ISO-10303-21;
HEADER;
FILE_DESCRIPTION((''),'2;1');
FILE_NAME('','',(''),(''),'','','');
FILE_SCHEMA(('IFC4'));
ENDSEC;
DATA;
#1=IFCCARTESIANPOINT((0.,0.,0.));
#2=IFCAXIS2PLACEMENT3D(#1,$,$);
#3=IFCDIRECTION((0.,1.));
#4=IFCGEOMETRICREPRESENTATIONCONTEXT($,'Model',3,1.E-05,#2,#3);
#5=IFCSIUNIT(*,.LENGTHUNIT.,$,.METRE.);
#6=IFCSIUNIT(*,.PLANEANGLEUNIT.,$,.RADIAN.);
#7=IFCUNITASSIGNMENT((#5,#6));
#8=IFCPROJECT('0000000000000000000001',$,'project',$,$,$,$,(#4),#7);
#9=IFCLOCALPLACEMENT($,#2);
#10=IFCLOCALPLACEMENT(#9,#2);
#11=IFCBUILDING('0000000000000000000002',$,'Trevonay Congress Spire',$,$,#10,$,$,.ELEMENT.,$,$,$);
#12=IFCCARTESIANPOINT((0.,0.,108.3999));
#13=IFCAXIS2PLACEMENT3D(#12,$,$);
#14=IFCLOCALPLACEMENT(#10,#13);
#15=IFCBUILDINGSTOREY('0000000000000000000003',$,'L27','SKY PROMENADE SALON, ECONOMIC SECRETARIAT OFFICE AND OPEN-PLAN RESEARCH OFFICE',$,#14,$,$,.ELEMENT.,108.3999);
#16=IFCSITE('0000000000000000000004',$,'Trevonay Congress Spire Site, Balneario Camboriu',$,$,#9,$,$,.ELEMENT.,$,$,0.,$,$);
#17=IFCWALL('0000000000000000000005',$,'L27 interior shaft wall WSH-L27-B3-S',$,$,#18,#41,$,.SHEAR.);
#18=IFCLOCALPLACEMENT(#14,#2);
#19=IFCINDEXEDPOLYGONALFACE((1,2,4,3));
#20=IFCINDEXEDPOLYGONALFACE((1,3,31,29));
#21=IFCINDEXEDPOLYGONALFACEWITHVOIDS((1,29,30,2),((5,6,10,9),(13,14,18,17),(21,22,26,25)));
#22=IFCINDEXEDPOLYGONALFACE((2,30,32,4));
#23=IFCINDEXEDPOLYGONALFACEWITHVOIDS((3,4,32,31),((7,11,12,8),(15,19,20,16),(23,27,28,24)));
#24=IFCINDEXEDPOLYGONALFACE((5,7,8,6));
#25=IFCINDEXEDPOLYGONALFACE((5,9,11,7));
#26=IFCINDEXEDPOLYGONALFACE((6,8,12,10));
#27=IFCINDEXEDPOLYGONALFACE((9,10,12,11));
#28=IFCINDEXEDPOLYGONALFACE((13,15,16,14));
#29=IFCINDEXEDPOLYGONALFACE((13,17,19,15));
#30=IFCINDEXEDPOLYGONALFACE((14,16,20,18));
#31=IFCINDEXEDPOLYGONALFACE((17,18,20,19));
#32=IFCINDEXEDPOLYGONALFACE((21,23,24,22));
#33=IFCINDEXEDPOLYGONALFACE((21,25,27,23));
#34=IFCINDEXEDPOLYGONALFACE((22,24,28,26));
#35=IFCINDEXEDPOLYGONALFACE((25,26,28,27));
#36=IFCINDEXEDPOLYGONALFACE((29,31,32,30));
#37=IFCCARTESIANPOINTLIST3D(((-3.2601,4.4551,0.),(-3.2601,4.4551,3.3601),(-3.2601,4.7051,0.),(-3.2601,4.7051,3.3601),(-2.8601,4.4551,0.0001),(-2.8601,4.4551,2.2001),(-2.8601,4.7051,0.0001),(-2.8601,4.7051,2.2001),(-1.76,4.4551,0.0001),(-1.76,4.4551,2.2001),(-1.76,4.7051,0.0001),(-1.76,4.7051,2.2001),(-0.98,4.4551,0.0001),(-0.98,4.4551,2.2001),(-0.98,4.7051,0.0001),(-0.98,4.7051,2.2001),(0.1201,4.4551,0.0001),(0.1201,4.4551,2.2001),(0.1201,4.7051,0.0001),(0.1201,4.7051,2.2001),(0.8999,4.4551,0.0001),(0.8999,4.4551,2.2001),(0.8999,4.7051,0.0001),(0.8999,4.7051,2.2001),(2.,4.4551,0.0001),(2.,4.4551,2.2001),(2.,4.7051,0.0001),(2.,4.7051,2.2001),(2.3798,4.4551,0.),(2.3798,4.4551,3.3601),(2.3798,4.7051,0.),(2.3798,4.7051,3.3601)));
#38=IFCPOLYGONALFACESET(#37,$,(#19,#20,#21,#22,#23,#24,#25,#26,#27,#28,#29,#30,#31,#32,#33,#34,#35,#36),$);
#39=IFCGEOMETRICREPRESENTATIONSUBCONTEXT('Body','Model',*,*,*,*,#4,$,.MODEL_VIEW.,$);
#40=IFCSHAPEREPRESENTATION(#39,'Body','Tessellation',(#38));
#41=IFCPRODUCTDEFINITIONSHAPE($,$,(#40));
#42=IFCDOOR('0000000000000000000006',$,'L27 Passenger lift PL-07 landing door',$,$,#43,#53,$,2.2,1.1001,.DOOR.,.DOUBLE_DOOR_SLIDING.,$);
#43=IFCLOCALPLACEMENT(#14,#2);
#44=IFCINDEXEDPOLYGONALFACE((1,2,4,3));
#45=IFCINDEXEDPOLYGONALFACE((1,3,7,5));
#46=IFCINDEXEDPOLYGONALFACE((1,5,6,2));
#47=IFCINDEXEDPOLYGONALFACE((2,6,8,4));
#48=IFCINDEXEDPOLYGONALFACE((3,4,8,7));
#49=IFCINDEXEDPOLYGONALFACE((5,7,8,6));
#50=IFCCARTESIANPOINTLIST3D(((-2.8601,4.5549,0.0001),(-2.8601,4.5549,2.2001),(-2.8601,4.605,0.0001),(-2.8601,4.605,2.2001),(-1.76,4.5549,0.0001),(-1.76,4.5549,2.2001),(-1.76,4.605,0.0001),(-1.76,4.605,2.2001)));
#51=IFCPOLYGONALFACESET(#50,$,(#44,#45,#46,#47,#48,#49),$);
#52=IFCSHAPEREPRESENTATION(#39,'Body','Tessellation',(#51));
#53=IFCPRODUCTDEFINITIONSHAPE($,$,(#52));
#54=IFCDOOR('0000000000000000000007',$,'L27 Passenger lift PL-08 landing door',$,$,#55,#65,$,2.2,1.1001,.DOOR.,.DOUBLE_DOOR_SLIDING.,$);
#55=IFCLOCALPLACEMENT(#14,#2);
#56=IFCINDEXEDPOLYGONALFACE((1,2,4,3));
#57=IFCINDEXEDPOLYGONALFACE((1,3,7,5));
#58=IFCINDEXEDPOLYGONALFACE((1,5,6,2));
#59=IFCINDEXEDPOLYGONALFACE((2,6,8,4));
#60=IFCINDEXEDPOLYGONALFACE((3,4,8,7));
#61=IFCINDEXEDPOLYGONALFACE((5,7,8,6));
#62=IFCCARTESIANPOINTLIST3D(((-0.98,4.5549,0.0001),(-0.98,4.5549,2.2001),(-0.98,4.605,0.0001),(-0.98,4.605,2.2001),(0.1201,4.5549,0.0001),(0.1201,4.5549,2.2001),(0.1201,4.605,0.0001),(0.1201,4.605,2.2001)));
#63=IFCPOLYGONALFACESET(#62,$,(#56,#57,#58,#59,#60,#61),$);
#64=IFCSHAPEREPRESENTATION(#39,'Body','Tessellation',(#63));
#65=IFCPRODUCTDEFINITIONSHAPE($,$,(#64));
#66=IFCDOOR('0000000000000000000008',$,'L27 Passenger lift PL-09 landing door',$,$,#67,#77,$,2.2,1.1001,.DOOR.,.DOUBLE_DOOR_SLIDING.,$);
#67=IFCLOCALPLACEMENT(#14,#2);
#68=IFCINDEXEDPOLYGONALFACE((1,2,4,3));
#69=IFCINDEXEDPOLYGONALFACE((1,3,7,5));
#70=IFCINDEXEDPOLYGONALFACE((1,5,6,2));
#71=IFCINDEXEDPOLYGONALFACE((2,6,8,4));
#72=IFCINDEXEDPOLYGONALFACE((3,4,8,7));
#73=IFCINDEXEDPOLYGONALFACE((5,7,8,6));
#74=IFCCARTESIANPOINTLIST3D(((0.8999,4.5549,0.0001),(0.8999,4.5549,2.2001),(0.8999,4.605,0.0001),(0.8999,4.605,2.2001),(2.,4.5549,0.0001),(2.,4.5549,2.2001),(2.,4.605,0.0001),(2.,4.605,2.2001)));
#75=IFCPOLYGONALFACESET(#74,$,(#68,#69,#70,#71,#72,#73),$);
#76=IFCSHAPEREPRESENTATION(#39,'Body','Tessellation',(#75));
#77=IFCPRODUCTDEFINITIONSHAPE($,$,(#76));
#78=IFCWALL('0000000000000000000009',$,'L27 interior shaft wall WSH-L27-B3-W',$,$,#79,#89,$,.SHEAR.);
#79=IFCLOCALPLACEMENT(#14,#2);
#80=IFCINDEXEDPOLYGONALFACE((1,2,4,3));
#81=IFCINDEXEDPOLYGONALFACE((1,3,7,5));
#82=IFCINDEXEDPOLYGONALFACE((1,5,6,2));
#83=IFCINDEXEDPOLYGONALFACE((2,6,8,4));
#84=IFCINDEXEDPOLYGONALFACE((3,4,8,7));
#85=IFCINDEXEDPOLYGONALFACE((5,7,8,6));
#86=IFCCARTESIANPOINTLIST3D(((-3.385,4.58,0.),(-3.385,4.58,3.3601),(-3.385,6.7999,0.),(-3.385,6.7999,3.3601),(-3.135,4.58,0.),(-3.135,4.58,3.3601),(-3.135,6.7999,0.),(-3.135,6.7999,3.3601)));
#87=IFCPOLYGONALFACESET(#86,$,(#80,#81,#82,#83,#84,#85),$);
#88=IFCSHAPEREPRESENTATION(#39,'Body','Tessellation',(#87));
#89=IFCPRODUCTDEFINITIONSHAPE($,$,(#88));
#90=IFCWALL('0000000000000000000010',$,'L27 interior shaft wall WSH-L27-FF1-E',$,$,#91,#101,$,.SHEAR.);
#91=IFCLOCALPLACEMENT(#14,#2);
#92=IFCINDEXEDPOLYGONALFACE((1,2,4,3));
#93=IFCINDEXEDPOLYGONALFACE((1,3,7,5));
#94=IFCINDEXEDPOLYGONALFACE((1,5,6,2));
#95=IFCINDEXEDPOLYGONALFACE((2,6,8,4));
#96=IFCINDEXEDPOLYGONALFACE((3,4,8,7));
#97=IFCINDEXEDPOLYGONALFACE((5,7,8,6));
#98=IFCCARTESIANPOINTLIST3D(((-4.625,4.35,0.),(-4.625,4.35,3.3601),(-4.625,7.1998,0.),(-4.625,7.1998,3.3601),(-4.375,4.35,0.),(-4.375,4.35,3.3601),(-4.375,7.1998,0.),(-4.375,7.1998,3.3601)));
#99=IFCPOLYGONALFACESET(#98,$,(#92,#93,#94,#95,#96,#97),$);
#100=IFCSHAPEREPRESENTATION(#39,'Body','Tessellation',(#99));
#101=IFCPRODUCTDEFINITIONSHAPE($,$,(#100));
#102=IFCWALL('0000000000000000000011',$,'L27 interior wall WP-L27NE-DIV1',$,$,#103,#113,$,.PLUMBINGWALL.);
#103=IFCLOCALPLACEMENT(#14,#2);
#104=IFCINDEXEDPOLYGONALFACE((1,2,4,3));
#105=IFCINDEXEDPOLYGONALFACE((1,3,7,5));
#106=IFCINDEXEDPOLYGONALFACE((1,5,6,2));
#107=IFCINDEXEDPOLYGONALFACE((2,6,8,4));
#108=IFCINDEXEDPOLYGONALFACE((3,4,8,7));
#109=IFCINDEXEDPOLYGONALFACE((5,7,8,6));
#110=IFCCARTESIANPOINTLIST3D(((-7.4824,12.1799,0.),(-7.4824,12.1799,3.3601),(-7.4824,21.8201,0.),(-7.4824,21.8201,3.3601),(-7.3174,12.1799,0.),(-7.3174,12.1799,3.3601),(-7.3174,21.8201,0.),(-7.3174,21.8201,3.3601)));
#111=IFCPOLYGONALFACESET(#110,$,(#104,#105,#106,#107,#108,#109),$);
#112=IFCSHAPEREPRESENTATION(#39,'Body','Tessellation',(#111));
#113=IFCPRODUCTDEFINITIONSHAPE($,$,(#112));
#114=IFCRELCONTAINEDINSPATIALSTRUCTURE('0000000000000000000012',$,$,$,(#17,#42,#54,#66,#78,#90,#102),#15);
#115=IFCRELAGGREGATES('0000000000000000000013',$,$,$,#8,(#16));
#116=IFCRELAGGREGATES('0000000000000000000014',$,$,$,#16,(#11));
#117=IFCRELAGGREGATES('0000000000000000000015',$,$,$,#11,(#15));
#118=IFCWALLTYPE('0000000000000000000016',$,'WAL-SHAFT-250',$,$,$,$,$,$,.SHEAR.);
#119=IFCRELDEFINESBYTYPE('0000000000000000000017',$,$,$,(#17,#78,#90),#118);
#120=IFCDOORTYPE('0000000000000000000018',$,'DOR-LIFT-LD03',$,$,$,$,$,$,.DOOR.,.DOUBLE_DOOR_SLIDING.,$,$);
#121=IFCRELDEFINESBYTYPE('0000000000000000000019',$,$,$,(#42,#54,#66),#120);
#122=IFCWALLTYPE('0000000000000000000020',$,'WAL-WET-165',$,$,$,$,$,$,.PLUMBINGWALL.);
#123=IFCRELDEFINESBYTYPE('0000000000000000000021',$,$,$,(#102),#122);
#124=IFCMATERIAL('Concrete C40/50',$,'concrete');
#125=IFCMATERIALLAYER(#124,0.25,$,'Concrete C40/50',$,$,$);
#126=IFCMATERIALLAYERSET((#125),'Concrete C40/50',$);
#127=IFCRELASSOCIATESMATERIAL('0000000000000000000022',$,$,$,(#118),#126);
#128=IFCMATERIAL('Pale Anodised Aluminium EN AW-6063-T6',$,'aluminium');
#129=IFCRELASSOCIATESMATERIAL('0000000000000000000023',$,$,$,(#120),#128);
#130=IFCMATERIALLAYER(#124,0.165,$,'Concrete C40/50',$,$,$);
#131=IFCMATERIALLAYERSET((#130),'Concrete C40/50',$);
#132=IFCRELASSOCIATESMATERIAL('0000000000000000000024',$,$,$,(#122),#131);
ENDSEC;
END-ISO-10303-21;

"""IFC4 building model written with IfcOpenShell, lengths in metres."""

from ifc_helpers import new_model, si_unit, direction, frame, frame_2d, origin, place, context, subcontext, project, spatial, rectangle, extrude, material, layer, layer_set, type_object, element, fill, save


model = new_model("IFC4")

# Units and contexts
model_context = context("Model", 3, precision=1e-05, world=origin(), true_north=direction((0.0, 1.0)))
body_context = subcontext(model_context, "Body", "Model", "MODEL_VIEW")
ifc_project = project(units=[si_unit("LENGTHUNIT", "METRE"), si_unit("PLANEANGLEUNIT", "RADIAN")], contexts=[model_context])

# Site, building, storey
site_placement = place(None, origin())
site = spatial("IfcSite", under=ifc_project, at=site_placement, Name="Trevonay Congress Spire Site, Balneario Camboriu", CompositionType="ELEMENT", RefElevation=0.0)
building_placement = place(site_placement, origin())
building = spatial("IfcBuilding", under=site, at=building_placement, Name="Trevonay Congress Spire", CompositionType="ELEMENT")
storey_placement = place(building_placement, frame((0.0, 0.0, 108.3999)))
storey = spatial("IfcBuildingStorey", under=building, at=storey_placement, Name="L27", Description="SKY PROMENADE SALON, ECONOMIC SECRETARIAT OFFICE AND OPEN-PLAN RESEARCH OFFICE", CompositionType="ELEMENT", Elevation=108.3999)

# Shared definitions
ifc_material_1 = material(Name="Pale Anodised Aluminium EN AW-6063-T6", Category="aluminium")

# Shared definitions
ifc_material_2 = material(Name="Concrete C40/50", Category="concrete")

# Wall, openings, doors
ifc_layer_1 = layer(ifc_material_2, 0.25, Name="Concrete C40/50")
ifc_layer_set_1 = layer_set([ifc_layer_1], Name="Concrete C40/50")
wall_type_1 = type_object("IfcWallType", Name="WAL-SHAFT-250", PredefinedType="SHEAR", material=ifc_layer_set_1)
wall_1_placement = place(storey_placement, frame((-3.26, 4.5801, 0.0), z_axis=(0.0, 0.0, 1.0), x_axis=(1.0, 0.0, 0.0)))
wall_1 = element("IfcWall", 1, at=wall_1_placement, inside=storey, type_object=wall_type_1, Name="L27 interior shaft wall WSH-L27-B3-S", PredefinedType="SHEAR", context=body_context, shape_type="SweptSolid", body=[
    extrude(rectangle(XDim=5.6399, YDim=0.25, at=frame_2d((2.8198, 0.0))), origin(), (0.0, 0.0, 1.0), 3.3601),
])
opening_1_placement = place(wall_1_placement, frame((0.3999, 0.0, 0.0)))
opening_1 = element("IfcOpeningElement", 2, at=opening_1_placement, cuts=wall_1, PredefinedType="OPENING", context=body_context, shape_type="SweptSolid", body=[
    extrude(rectangle(XDim=1.1001, YDim=2.2, at=frame_2d((0.55, 1.1001))), frame((0.0, 0.135, 0.0), z_axis=(0.0, -1.0, 0.0), x_axis=(1.0, 0.0, 0.0)), (0.0, 0.0, 1.0), 0.27),
])
opening_2_placement = place(wall_1_placement, frame((2.28, 0.0, 0.0)))
opening_2 = element("IfcOpeningElement", 3, at=opening_2_placement, cuts=wall_1, PredefinedType="OPENING", context=body_context, shape_type="SweptSolid", body=[
    extrude(rectangle(XDim=1.1001, YDim=2.2, at=frame_2d((0.55, 1.1001))), frame((0.0, 0.135, 0.0), z_axis=(0.0, -1.0, 0.0), x_axis=(1.0, 0.0, 0.0)), (0.0, 0.0, 1.0), 0.27),
])
opening_3_placement = place(wall_1_placement, frame((4.1599, 0.0, 0.0)))
opening_3 = element("IfcOpeningElement", 4, at=opening_3_placement, cuts=wall_1, PredefinedType="OPENING", context=body_context, shape_type="SweptSolid", body=[
    extrude(rectangle(XDim=1.1001, YDim=2.2, at=frame_2d((0.55, 1.1001))), frame((0.0, 0.135, 0.0), z_axis=(0.0, -1.0, 0.0), x_axis=(1.0, 0.0, 0.0)), (0.0, 0.0, 1.0), 0.27),
])
door_type_1 = type_object("IfcDoorType", Name="DOR-LIFT-LD03", OperationType="DOUBLE_DOOR_SLIDING", PredefinedType="DOOR", material=ifc_material_1)
door_1_placement = place(opening_1_placement, origin())
door_1 = element("IfcDoor", 5, at=door_1_placement, inside=storey, type_object=door_type_1, Name="L27 Passenger lift PL-07 landing door", OperationType="DOUBLE_DOOR_SLIDING", OverallHeight=2.2, OverallWidth=1.1001, PredefinedType="DOOR", context=body_context, shape_type="SweptSolid", body=[
    extrude(rectangle(XDim=1.1001, YDim=2.2, at=frame_2d((0.55, 1.1001))), frame((0.0, 0.0249, 0.0), z_axis=(0.0, -1.0, 0.0), x_axis=(1.0, 0.0, 0.0)), (0.0, 0.0, 1.0), 0.05),
])
fill(opening_1, door_1)
door_2_placement = place(opening_2_placement, origin())
door_2 = element("IfcDoor", 6, at=door_2_placement, inside=storey, type_object=door_type_1, Name="L27 Passenger lift PL-08 landing door", OperationType="DOUBLE_DOOR_SLIDING", OverallHeight=2.2, OverallWidth=1.1001, PredefinedType="DOOR", context=body_context, shape_type="SweptSolid", body=[
    extrude(rectangle(XDim=1.1001, YDim=2.2, at=frame_2d((0.55, 1.1001))), frame((0.0, 0.0249, 0.0), z_axis=(0.0, -1.0, 0.0), x_axis=(1.0, 0.0, 0.0)), (0.0, 0.0, 1.0), 0.05),
])
fill(opening_2, door_2)
door_3_placement = place(opening_3_placement, origin())
door_3 = element("IfcDoor", 7, at=door_3_placement, inside=storey, type_object=door_type_1, Name="L27 Passenger lift PL-09 landing door", OperationType="DOUBLE_DOOR_SLIDING", OverallHeight=2.2, OverallWidth=1.1001, PredefinedType="DOOR", context=body_context, shape_type="SweptSolid", body=[
    extrude(rectangle(XDim=1.1001, YDim=2.2, at=frame_2d((0.55, 1.1001))), frame((0.0, 0.0249, 0.0), z_axis=(0.0, -1.0, 0.0), x_axis=(1.0, 0.0, 0.0)), (0.0, 0.0, 1.0), 0.05),
])
fill(opening_3, door_3)

# Walls
wall_2_placement = place(storey_placement, frame((-3.26, 4.5801, 0.0), z_axis=(0.0, 0.0, 1.0), x_axis=(0.0, 1.0, 0.0)))
element("IfcWall", 8, at=wall_2_placement, inside=storey, type_object=wall_type_1, Name="L27 interior shaft wall WSH-L27-B3-W", PredefinedType="SHEAR", context=body_context, shape_type="SweptSolid", body=[
    extrude(rectangle(XDim=2.22, YDim=0.25, at=frame_2d((1.1099, 0.0))), origin(), (0.0, 0.0, 1.0), 3.3601),
])
wall_3_placement = place(storey_placement, frame((-4.5, 4.3501, 0.0), z_axis=(0.0, 0.0, 1.0), x_axis=(0.0, 1.0, 0.0)))
element("IfcWall", 9, at=wall_3_placement, inside=storey, type_object=wall_type_1, Name="L27 interior shaft wall WSH-L27-FF1-E", PredefinedType="SHEAR", context=body_context, shape_type="SweptSolid", body=[
    extrude(rectangle(XDim=2.8499, YDim=0.25, at=frame_2d((1.4248, 0.0))), origin(), (0.0, 0.0, 1.0), 3.3601),
])
ifc_layer_2 = layer(ifc_material_2, 0.165, Name="Concrete C40/50")
ifc_layer_set_2 = layer_set([ifc_layer_2], Name="Concrete C40/50")
wall_type_2 = type_object("IfcWallType", Name="WAL-WET-165", PredefinedType="PLUMBINGWALL", material=ifc_layer_set_2)
wall_4_placement = place(storey_placement, frame((-7.3999, 12.1799, 0.0), z_axis=(0.0, 0.0, 1.0), x_axis=(0.0, 1.0, 0.0)))
element("IfcWall", 10, at=wall_4_placement, inside=storey, type_object=wall_type_2, Name="L27 interior wall WP-L27NE-DIV1", PredefinedType="PLUMBINGWALL", context=body_context, shape_type="SweptSolid", body=[
    extrude(rectangle(XDim=9.6401, YDim=0.165, at=frame_2d((4.8201, 0.0))), origin(), (0.0, 0.0, 1.0), 3.3601),
])

save(model, "model.ifc")
